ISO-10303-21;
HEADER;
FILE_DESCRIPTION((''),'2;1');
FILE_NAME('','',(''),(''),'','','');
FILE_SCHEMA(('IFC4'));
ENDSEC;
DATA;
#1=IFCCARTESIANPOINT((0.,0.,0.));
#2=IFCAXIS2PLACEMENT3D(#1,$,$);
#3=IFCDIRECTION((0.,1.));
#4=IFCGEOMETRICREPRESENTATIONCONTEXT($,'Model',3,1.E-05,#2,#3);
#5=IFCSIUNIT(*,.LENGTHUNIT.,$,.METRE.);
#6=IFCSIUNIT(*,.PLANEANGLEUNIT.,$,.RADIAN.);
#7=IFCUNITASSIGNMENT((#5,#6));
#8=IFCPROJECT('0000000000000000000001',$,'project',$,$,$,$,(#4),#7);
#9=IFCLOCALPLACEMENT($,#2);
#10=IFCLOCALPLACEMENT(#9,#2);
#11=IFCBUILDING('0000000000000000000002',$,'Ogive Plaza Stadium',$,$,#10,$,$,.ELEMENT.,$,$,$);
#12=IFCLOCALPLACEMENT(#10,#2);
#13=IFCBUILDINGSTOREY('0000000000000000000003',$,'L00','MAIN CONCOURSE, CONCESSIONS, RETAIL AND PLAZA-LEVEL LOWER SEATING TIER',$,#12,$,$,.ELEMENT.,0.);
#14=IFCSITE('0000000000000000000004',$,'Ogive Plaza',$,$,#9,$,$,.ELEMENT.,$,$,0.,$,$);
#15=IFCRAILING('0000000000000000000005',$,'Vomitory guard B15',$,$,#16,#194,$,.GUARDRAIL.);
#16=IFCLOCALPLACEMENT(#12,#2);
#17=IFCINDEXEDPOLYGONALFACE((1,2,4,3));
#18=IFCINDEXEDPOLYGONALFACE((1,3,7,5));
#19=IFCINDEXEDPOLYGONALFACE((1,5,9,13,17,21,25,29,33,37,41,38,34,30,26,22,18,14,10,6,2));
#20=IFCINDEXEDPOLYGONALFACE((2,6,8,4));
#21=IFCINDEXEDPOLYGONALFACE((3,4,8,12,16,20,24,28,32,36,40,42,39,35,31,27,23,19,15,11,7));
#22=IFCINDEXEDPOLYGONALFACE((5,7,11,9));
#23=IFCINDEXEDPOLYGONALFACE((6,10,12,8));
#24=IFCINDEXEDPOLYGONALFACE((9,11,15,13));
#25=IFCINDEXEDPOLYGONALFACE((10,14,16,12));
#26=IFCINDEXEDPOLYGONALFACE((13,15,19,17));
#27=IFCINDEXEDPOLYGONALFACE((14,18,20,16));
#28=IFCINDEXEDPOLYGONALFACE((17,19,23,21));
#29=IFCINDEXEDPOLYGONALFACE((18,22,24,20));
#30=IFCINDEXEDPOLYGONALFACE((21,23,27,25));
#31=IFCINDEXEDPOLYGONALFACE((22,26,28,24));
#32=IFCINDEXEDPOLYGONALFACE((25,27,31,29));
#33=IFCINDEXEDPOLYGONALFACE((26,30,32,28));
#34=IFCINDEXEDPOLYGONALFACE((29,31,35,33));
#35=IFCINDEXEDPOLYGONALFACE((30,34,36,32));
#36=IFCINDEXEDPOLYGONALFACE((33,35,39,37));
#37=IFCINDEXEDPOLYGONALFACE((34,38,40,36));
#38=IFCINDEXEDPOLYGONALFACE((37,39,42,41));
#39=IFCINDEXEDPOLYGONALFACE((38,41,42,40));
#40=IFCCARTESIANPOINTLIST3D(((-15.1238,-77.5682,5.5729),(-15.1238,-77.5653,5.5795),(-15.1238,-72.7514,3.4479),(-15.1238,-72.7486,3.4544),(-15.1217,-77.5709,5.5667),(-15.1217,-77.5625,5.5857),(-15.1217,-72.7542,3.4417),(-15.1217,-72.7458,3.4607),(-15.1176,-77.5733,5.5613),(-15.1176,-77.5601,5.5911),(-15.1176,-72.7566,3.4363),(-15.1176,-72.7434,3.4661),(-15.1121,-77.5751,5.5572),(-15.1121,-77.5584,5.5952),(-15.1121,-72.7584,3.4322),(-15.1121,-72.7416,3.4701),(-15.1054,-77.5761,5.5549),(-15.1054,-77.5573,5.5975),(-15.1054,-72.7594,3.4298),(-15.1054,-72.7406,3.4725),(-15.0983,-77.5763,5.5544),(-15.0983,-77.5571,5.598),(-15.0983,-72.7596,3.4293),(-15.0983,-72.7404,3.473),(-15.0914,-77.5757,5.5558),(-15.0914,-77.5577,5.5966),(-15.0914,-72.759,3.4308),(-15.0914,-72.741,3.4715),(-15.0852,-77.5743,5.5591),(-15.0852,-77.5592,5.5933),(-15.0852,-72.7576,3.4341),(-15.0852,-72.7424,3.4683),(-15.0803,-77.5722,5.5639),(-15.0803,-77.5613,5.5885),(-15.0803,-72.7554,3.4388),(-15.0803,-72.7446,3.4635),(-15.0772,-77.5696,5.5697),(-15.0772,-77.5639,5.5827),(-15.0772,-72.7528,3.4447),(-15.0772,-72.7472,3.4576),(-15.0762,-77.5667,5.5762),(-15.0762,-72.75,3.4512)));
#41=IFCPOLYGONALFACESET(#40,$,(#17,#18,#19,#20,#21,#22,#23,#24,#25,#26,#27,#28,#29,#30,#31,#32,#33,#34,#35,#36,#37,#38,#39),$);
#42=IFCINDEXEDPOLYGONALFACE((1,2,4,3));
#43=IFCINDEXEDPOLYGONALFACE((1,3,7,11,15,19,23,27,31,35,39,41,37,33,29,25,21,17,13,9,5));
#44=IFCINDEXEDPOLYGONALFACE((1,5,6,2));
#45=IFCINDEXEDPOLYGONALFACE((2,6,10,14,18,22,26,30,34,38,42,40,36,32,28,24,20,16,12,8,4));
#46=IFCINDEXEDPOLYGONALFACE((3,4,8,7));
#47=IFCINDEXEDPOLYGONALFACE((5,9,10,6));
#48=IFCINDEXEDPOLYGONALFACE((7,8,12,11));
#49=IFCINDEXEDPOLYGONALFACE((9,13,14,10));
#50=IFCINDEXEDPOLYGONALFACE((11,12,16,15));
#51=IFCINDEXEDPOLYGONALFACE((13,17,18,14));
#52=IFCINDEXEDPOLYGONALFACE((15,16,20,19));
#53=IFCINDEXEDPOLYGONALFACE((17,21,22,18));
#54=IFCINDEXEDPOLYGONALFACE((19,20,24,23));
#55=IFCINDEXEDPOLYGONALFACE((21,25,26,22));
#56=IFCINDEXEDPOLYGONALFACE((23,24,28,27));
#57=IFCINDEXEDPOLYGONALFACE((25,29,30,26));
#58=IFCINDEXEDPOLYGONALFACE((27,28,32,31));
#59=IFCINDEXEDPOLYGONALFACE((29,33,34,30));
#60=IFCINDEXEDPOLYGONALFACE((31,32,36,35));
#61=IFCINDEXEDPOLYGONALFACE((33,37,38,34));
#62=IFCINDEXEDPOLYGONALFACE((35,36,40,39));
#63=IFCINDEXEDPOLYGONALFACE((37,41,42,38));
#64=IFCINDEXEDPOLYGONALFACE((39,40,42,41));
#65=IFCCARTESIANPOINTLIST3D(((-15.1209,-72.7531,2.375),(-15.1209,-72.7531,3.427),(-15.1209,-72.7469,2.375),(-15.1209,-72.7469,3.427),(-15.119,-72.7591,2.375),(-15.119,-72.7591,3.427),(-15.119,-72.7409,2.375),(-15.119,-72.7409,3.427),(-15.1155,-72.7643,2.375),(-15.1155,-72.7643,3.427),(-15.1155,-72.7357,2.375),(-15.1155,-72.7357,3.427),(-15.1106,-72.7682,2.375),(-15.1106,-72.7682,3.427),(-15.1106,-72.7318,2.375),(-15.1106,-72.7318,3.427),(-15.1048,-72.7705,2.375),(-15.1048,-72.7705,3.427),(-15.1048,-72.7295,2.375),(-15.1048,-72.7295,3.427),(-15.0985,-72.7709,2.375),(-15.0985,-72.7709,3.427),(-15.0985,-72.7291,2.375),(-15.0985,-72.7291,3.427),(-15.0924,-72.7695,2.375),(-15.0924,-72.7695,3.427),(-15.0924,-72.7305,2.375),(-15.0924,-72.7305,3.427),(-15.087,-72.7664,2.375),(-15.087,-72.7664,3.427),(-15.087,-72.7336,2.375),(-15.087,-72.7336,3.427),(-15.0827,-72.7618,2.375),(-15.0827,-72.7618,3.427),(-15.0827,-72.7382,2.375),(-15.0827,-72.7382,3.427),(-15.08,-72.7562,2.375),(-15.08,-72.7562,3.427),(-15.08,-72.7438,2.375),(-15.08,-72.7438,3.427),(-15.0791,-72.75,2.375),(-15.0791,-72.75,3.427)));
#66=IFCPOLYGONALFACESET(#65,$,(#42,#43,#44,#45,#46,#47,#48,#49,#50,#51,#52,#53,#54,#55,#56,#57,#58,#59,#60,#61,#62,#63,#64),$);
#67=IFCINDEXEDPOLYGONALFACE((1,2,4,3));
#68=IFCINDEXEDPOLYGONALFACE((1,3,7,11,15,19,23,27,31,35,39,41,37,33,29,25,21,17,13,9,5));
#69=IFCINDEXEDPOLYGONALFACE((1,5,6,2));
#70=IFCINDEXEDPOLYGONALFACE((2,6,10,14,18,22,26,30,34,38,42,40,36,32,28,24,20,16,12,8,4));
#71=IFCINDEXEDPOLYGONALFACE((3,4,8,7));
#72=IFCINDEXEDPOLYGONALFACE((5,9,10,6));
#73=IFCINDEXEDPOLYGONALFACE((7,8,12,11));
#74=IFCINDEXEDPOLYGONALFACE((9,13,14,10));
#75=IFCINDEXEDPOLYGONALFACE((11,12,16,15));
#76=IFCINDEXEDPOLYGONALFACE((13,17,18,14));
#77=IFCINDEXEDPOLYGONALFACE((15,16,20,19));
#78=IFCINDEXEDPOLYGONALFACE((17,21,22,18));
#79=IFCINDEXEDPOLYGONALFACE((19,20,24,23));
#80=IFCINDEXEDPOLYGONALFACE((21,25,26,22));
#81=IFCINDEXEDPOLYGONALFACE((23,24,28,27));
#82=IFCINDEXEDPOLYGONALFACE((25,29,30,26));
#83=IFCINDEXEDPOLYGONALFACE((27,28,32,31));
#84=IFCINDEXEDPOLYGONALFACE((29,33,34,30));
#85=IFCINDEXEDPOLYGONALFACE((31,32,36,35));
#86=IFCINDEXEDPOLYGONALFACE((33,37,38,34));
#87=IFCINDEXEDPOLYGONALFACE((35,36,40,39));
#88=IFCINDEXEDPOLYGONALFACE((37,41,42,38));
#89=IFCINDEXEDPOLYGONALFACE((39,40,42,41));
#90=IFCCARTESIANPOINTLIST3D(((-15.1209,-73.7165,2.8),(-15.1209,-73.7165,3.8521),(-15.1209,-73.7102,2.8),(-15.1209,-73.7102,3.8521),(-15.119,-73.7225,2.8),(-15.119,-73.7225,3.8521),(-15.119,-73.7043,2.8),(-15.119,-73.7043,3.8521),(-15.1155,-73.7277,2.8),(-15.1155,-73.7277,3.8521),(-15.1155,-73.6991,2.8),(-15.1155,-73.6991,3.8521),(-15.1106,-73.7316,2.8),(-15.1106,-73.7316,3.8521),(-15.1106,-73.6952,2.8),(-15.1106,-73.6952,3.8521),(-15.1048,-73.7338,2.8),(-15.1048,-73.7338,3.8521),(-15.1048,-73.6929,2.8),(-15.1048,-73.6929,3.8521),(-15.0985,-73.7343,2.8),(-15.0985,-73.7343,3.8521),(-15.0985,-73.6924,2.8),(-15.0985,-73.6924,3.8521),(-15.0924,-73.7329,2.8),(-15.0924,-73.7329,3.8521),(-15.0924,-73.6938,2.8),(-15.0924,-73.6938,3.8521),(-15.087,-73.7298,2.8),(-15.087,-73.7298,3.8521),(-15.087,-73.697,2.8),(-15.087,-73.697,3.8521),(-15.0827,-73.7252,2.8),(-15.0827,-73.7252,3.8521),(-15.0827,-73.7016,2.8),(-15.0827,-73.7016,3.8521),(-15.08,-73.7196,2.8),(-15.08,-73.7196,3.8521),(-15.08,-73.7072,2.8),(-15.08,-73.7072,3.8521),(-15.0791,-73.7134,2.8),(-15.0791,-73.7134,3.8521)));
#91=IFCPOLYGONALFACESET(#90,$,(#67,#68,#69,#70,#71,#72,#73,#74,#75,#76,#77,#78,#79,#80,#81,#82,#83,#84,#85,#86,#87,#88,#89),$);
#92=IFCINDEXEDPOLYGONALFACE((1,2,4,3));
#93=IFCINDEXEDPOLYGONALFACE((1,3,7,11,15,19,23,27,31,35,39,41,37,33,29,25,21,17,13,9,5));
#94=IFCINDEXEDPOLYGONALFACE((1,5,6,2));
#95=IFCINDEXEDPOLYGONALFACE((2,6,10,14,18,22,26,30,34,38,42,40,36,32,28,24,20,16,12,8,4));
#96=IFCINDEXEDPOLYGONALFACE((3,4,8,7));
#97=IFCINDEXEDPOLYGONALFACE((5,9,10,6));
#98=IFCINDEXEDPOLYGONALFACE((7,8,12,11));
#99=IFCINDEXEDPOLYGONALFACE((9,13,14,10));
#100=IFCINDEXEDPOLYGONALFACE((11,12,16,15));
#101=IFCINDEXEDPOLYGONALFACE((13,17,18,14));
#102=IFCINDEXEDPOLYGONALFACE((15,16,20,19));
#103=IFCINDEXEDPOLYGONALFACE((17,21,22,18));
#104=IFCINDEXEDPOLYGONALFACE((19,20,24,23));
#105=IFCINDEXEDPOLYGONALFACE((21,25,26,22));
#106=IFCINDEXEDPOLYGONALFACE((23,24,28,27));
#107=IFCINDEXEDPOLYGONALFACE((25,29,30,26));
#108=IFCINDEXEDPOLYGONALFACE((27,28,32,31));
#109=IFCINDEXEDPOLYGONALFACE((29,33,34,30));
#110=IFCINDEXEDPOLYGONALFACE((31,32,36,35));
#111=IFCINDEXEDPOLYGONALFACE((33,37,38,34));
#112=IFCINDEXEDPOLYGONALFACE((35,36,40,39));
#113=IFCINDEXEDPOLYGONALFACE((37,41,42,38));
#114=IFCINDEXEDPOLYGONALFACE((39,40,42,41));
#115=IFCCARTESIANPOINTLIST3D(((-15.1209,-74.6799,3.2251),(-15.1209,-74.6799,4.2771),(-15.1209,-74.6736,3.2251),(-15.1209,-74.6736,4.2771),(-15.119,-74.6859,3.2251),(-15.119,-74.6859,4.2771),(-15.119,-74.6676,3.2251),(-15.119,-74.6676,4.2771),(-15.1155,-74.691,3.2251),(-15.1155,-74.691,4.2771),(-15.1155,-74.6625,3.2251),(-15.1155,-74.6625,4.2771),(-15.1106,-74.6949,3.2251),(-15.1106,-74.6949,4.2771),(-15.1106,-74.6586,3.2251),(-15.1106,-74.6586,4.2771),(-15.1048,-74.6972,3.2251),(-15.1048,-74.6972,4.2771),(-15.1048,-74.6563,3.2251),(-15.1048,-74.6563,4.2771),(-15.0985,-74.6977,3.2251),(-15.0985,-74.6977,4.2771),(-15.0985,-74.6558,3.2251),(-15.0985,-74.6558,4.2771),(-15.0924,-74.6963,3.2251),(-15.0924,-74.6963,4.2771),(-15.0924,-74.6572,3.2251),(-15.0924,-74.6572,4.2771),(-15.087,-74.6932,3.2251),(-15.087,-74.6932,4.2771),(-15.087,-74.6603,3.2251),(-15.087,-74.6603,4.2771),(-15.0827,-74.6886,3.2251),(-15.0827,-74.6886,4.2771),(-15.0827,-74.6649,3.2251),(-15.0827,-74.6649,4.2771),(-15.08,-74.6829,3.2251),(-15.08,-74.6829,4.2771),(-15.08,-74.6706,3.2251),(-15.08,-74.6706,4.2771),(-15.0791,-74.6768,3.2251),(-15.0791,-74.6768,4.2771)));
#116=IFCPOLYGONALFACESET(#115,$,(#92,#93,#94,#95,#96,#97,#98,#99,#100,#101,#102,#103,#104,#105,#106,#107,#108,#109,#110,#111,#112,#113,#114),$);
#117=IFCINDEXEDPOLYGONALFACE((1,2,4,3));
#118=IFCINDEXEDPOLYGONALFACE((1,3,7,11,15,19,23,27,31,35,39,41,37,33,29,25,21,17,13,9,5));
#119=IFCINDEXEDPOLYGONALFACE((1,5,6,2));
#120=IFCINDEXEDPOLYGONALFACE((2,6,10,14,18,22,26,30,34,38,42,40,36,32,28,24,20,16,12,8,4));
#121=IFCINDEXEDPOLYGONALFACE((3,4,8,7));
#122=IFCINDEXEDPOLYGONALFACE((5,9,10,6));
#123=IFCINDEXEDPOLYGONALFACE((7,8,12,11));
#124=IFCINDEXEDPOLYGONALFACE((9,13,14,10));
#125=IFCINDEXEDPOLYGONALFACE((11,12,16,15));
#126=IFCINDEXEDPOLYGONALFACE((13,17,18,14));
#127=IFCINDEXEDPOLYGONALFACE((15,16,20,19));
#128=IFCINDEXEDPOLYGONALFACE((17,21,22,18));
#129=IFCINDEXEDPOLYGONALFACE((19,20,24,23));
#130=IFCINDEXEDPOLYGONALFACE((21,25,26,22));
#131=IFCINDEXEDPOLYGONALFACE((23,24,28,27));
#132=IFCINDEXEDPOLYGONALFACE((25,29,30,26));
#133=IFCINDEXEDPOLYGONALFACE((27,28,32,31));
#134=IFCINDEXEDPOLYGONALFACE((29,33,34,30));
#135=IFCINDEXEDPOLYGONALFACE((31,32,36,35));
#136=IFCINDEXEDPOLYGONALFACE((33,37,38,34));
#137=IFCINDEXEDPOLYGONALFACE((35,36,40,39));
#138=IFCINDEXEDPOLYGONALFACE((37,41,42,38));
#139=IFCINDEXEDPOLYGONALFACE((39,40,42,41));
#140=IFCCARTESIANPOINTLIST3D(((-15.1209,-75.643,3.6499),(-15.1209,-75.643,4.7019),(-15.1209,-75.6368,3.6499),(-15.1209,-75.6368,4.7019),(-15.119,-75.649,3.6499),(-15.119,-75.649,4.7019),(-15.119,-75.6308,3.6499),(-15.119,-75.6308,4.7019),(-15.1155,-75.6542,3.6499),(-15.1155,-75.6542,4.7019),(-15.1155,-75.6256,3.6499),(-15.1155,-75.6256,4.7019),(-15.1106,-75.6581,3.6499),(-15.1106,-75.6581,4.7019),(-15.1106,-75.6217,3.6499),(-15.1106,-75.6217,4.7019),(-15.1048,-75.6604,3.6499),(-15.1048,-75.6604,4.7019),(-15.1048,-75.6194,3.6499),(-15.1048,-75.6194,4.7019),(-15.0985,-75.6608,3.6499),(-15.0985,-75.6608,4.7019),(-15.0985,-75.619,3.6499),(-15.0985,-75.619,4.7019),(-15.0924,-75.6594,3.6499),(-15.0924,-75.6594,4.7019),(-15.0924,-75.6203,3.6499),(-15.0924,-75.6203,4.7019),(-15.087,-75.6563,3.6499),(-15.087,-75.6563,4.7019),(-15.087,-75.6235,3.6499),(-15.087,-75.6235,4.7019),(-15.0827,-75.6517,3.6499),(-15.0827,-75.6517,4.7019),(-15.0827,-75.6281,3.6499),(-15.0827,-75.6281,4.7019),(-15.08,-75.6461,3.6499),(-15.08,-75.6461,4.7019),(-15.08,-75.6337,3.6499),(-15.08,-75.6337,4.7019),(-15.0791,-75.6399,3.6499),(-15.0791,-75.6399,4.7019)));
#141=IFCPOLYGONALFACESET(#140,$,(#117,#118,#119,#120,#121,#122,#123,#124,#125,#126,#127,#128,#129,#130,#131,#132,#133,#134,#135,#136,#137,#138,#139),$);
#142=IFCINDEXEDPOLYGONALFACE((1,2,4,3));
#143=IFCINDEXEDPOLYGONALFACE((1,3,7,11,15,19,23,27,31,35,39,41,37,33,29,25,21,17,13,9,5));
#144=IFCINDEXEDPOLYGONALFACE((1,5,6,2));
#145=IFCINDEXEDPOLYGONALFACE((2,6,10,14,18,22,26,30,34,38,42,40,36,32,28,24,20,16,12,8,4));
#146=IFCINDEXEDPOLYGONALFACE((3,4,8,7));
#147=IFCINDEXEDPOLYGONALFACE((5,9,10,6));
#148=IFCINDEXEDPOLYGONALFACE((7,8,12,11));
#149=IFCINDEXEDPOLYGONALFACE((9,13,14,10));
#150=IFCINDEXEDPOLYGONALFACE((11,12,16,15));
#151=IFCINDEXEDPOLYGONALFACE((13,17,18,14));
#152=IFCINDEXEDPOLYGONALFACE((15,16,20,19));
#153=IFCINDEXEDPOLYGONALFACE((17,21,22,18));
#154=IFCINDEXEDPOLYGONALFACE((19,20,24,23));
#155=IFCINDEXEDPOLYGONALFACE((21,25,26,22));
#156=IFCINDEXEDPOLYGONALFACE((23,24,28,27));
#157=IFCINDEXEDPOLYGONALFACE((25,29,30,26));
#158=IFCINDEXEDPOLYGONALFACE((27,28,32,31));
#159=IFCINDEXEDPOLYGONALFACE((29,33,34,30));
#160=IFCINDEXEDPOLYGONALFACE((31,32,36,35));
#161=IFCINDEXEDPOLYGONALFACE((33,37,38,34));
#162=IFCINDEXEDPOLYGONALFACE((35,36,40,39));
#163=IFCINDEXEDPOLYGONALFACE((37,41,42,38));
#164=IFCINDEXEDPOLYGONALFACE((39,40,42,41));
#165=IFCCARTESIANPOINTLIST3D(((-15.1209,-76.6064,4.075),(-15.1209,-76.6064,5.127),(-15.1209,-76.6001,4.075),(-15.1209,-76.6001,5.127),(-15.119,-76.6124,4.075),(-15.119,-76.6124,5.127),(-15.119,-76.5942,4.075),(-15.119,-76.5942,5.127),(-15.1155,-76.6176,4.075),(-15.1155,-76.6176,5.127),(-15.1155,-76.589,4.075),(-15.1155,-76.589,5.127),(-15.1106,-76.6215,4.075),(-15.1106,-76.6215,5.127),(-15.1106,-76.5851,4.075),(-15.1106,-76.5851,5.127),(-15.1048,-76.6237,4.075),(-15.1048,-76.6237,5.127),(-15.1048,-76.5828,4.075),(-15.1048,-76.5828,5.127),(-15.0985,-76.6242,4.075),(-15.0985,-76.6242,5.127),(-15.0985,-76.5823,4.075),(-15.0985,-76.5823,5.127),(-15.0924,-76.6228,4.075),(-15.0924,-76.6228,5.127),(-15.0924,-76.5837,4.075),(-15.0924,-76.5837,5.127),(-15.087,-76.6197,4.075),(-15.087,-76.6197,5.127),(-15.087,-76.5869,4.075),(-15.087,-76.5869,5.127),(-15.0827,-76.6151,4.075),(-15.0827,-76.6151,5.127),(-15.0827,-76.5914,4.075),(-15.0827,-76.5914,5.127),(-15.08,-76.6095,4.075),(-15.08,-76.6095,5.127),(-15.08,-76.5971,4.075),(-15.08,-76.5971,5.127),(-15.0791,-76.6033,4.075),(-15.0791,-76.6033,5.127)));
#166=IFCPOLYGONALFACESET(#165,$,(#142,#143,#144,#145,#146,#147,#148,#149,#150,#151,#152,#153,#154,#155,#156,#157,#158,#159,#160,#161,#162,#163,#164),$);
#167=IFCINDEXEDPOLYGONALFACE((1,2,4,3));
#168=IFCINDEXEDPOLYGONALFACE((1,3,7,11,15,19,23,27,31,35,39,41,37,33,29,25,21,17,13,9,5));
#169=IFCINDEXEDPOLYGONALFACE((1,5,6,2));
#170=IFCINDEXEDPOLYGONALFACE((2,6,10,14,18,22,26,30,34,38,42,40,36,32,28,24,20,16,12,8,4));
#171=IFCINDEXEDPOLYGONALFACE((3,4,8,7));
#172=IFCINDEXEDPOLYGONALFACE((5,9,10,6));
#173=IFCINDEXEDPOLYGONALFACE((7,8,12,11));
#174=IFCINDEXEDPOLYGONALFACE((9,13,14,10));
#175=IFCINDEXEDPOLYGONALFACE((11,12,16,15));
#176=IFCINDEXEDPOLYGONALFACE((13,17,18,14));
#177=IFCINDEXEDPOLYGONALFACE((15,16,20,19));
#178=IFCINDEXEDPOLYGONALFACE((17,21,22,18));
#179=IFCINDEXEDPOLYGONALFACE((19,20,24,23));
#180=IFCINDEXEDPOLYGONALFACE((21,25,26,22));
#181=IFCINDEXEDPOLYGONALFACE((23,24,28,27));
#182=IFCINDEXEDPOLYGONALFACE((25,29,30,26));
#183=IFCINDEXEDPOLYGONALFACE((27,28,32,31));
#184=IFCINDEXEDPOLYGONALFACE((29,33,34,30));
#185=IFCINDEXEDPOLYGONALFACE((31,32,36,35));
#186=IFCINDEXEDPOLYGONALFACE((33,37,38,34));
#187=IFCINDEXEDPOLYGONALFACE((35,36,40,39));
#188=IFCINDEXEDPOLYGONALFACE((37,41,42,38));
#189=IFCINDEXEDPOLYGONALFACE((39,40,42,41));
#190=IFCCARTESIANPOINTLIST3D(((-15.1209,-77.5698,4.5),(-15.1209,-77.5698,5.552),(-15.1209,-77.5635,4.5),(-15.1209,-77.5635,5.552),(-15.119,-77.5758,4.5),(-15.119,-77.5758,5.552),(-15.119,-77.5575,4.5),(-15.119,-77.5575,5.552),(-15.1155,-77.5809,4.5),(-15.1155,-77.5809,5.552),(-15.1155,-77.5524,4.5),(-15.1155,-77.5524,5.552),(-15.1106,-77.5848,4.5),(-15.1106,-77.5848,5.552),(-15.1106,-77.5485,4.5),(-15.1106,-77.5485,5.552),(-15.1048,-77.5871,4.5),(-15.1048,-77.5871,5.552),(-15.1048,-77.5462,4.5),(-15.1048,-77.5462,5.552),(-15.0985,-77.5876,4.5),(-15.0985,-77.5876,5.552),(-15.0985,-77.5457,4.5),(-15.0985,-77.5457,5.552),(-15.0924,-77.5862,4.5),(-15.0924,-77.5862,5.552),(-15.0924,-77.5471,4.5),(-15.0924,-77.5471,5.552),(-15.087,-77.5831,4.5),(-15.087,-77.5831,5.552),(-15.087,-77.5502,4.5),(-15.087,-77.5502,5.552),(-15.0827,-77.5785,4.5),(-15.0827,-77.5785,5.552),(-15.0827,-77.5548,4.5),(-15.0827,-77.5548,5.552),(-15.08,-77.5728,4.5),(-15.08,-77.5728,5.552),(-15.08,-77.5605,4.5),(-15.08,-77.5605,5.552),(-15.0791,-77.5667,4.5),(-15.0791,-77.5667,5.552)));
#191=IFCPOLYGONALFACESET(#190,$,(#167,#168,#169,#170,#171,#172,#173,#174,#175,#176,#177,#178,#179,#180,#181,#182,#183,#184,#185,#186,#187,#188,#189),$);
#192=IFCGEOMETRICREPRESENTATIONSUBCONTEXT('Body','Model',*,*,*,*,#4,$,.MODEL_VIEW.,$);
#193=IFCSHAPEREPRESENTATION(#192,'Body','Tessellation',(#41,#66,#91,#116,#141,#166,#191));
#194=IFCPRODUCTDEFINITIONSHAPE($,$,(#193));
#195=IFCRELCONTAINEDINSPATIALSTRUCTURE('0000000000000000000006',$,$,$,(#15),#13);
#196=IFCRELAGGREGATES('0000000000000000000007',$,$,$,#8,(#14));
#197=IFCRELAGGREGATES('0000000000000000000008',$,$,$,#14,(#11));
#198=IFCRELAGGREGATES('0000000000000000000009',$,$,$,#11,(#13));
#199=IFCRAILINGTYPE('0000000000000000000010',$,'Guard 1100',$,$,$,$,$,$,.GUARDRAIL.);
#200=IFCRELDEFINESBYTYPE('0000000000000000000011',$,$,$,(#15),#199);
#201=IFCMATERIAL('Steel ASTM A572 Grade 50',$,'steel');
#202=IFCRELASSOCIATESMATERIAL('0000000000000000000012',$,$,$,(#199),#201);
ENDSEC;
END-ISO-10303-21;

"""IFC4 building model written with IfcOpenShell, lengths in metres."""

from ifc_helpers import new_model, si_unit, direction, frame, origin, origin_2d, place, context, subcontext, project, spatial, circle, extrude, material, type_object, element, save


model = new_model("IFC4")

# Units and contexts
model_context = context("Model", 3, precision=1e-05, world=origin(), true_north=direction((0.0, 1.0)))
body_context = subcontext(model_context, "Body", "Model", "MODEL_VIEW")
ifc_project = project(units=[si_unit("LENGTHUNIT", "METRE"), si_unit("PLANEANGLEUNIT", "RADIAN")], contexts=[model_context])

# Site, building, storey
site_placement = place(None, origin())
site = spatial("IfcSite", under=ifc_project, at=site_placement, Name="Ogive Plaza", CompositionType="ELEMENT", RefElevation=0.0)
building_placement = place(site_placement, origin())
building = spatial("IfcBuilding", under=site, at=building_placement, Name="Ogive Plaza Stadium", CompositionType="ELEMENT")
storey_placement = place(building_placement, origin())
storey = spatial("IfcBuildingStorey", under=building, at=storey_placement, Name="L00", Description="MAIN CONCOURSE, CONCESSIONS, RETAIL AND PLAZA-LEVEL LOWER SEATING TIER", CompositionType="ELEMENT", Elevation=0.0)

# Railing
ifc_material_1 = material(Name="Steel ASTM A572 Grade 50", Category="steel")
railing_type = type_object("IfcRailingType", Name="Guard 1100", PredefinedType="GUARDRAIL", material=ifc_material_1)
railing_placement = place(storey_placement, frame((-15.1001, -72.75, 2.375)))
element("IfcRailing", 1, at=railing_placement, inside=storey, type_object=railing_type, Name="Vomitory guard B15", PredefinedType="GUARDRAIL", context=body_context, shape_type="SweptSolid", body=[
    extrude(circle(Radius=0.0239, at=origin_2d()), frame((0.0, 0.0, 1.0762), z_axis=(0.0, -0.914917, 0.403641), x_axis=(1.0, 0.0, 0.0)), (0.0, 0.0, 1.0), 5.2646),
    extrude(circle(Radius=0.021, at=origin_2d()), origin(), (0.0, 0.0, 1.0), 1.052),
    extrude(circle(Radius=0.021, at=origin_2d()), frame((0.0, -0.9634, 0.425)), (0.0, 0.0, 1.0), 1.052),
    extrude(circle(Radius=0.021, at=origin_2d()), frame((0.0, -1.9268, 0.8501)), (0.0, 0.0, 1.0), 1.052),
    extrude(circle(Radius=0.021, at=origin_2d()), frame((0.0, -2.8899, 1.2749)), (0.0, 0.0, 1.0), 1.052),
    extrude(circle(Radius=0.021, at=origin_2d()), frame((0.0, -3.8533, 1.7)), (0.0, 0.0, 1.0), 1.052),
    extrude(circle(Radius=0.021, at=origin_2d()), frame((0.0, -4.8167, 2.125)), (0.0, 0.0, 1.0), 1.052),
])

save(model, "model.ifc")
